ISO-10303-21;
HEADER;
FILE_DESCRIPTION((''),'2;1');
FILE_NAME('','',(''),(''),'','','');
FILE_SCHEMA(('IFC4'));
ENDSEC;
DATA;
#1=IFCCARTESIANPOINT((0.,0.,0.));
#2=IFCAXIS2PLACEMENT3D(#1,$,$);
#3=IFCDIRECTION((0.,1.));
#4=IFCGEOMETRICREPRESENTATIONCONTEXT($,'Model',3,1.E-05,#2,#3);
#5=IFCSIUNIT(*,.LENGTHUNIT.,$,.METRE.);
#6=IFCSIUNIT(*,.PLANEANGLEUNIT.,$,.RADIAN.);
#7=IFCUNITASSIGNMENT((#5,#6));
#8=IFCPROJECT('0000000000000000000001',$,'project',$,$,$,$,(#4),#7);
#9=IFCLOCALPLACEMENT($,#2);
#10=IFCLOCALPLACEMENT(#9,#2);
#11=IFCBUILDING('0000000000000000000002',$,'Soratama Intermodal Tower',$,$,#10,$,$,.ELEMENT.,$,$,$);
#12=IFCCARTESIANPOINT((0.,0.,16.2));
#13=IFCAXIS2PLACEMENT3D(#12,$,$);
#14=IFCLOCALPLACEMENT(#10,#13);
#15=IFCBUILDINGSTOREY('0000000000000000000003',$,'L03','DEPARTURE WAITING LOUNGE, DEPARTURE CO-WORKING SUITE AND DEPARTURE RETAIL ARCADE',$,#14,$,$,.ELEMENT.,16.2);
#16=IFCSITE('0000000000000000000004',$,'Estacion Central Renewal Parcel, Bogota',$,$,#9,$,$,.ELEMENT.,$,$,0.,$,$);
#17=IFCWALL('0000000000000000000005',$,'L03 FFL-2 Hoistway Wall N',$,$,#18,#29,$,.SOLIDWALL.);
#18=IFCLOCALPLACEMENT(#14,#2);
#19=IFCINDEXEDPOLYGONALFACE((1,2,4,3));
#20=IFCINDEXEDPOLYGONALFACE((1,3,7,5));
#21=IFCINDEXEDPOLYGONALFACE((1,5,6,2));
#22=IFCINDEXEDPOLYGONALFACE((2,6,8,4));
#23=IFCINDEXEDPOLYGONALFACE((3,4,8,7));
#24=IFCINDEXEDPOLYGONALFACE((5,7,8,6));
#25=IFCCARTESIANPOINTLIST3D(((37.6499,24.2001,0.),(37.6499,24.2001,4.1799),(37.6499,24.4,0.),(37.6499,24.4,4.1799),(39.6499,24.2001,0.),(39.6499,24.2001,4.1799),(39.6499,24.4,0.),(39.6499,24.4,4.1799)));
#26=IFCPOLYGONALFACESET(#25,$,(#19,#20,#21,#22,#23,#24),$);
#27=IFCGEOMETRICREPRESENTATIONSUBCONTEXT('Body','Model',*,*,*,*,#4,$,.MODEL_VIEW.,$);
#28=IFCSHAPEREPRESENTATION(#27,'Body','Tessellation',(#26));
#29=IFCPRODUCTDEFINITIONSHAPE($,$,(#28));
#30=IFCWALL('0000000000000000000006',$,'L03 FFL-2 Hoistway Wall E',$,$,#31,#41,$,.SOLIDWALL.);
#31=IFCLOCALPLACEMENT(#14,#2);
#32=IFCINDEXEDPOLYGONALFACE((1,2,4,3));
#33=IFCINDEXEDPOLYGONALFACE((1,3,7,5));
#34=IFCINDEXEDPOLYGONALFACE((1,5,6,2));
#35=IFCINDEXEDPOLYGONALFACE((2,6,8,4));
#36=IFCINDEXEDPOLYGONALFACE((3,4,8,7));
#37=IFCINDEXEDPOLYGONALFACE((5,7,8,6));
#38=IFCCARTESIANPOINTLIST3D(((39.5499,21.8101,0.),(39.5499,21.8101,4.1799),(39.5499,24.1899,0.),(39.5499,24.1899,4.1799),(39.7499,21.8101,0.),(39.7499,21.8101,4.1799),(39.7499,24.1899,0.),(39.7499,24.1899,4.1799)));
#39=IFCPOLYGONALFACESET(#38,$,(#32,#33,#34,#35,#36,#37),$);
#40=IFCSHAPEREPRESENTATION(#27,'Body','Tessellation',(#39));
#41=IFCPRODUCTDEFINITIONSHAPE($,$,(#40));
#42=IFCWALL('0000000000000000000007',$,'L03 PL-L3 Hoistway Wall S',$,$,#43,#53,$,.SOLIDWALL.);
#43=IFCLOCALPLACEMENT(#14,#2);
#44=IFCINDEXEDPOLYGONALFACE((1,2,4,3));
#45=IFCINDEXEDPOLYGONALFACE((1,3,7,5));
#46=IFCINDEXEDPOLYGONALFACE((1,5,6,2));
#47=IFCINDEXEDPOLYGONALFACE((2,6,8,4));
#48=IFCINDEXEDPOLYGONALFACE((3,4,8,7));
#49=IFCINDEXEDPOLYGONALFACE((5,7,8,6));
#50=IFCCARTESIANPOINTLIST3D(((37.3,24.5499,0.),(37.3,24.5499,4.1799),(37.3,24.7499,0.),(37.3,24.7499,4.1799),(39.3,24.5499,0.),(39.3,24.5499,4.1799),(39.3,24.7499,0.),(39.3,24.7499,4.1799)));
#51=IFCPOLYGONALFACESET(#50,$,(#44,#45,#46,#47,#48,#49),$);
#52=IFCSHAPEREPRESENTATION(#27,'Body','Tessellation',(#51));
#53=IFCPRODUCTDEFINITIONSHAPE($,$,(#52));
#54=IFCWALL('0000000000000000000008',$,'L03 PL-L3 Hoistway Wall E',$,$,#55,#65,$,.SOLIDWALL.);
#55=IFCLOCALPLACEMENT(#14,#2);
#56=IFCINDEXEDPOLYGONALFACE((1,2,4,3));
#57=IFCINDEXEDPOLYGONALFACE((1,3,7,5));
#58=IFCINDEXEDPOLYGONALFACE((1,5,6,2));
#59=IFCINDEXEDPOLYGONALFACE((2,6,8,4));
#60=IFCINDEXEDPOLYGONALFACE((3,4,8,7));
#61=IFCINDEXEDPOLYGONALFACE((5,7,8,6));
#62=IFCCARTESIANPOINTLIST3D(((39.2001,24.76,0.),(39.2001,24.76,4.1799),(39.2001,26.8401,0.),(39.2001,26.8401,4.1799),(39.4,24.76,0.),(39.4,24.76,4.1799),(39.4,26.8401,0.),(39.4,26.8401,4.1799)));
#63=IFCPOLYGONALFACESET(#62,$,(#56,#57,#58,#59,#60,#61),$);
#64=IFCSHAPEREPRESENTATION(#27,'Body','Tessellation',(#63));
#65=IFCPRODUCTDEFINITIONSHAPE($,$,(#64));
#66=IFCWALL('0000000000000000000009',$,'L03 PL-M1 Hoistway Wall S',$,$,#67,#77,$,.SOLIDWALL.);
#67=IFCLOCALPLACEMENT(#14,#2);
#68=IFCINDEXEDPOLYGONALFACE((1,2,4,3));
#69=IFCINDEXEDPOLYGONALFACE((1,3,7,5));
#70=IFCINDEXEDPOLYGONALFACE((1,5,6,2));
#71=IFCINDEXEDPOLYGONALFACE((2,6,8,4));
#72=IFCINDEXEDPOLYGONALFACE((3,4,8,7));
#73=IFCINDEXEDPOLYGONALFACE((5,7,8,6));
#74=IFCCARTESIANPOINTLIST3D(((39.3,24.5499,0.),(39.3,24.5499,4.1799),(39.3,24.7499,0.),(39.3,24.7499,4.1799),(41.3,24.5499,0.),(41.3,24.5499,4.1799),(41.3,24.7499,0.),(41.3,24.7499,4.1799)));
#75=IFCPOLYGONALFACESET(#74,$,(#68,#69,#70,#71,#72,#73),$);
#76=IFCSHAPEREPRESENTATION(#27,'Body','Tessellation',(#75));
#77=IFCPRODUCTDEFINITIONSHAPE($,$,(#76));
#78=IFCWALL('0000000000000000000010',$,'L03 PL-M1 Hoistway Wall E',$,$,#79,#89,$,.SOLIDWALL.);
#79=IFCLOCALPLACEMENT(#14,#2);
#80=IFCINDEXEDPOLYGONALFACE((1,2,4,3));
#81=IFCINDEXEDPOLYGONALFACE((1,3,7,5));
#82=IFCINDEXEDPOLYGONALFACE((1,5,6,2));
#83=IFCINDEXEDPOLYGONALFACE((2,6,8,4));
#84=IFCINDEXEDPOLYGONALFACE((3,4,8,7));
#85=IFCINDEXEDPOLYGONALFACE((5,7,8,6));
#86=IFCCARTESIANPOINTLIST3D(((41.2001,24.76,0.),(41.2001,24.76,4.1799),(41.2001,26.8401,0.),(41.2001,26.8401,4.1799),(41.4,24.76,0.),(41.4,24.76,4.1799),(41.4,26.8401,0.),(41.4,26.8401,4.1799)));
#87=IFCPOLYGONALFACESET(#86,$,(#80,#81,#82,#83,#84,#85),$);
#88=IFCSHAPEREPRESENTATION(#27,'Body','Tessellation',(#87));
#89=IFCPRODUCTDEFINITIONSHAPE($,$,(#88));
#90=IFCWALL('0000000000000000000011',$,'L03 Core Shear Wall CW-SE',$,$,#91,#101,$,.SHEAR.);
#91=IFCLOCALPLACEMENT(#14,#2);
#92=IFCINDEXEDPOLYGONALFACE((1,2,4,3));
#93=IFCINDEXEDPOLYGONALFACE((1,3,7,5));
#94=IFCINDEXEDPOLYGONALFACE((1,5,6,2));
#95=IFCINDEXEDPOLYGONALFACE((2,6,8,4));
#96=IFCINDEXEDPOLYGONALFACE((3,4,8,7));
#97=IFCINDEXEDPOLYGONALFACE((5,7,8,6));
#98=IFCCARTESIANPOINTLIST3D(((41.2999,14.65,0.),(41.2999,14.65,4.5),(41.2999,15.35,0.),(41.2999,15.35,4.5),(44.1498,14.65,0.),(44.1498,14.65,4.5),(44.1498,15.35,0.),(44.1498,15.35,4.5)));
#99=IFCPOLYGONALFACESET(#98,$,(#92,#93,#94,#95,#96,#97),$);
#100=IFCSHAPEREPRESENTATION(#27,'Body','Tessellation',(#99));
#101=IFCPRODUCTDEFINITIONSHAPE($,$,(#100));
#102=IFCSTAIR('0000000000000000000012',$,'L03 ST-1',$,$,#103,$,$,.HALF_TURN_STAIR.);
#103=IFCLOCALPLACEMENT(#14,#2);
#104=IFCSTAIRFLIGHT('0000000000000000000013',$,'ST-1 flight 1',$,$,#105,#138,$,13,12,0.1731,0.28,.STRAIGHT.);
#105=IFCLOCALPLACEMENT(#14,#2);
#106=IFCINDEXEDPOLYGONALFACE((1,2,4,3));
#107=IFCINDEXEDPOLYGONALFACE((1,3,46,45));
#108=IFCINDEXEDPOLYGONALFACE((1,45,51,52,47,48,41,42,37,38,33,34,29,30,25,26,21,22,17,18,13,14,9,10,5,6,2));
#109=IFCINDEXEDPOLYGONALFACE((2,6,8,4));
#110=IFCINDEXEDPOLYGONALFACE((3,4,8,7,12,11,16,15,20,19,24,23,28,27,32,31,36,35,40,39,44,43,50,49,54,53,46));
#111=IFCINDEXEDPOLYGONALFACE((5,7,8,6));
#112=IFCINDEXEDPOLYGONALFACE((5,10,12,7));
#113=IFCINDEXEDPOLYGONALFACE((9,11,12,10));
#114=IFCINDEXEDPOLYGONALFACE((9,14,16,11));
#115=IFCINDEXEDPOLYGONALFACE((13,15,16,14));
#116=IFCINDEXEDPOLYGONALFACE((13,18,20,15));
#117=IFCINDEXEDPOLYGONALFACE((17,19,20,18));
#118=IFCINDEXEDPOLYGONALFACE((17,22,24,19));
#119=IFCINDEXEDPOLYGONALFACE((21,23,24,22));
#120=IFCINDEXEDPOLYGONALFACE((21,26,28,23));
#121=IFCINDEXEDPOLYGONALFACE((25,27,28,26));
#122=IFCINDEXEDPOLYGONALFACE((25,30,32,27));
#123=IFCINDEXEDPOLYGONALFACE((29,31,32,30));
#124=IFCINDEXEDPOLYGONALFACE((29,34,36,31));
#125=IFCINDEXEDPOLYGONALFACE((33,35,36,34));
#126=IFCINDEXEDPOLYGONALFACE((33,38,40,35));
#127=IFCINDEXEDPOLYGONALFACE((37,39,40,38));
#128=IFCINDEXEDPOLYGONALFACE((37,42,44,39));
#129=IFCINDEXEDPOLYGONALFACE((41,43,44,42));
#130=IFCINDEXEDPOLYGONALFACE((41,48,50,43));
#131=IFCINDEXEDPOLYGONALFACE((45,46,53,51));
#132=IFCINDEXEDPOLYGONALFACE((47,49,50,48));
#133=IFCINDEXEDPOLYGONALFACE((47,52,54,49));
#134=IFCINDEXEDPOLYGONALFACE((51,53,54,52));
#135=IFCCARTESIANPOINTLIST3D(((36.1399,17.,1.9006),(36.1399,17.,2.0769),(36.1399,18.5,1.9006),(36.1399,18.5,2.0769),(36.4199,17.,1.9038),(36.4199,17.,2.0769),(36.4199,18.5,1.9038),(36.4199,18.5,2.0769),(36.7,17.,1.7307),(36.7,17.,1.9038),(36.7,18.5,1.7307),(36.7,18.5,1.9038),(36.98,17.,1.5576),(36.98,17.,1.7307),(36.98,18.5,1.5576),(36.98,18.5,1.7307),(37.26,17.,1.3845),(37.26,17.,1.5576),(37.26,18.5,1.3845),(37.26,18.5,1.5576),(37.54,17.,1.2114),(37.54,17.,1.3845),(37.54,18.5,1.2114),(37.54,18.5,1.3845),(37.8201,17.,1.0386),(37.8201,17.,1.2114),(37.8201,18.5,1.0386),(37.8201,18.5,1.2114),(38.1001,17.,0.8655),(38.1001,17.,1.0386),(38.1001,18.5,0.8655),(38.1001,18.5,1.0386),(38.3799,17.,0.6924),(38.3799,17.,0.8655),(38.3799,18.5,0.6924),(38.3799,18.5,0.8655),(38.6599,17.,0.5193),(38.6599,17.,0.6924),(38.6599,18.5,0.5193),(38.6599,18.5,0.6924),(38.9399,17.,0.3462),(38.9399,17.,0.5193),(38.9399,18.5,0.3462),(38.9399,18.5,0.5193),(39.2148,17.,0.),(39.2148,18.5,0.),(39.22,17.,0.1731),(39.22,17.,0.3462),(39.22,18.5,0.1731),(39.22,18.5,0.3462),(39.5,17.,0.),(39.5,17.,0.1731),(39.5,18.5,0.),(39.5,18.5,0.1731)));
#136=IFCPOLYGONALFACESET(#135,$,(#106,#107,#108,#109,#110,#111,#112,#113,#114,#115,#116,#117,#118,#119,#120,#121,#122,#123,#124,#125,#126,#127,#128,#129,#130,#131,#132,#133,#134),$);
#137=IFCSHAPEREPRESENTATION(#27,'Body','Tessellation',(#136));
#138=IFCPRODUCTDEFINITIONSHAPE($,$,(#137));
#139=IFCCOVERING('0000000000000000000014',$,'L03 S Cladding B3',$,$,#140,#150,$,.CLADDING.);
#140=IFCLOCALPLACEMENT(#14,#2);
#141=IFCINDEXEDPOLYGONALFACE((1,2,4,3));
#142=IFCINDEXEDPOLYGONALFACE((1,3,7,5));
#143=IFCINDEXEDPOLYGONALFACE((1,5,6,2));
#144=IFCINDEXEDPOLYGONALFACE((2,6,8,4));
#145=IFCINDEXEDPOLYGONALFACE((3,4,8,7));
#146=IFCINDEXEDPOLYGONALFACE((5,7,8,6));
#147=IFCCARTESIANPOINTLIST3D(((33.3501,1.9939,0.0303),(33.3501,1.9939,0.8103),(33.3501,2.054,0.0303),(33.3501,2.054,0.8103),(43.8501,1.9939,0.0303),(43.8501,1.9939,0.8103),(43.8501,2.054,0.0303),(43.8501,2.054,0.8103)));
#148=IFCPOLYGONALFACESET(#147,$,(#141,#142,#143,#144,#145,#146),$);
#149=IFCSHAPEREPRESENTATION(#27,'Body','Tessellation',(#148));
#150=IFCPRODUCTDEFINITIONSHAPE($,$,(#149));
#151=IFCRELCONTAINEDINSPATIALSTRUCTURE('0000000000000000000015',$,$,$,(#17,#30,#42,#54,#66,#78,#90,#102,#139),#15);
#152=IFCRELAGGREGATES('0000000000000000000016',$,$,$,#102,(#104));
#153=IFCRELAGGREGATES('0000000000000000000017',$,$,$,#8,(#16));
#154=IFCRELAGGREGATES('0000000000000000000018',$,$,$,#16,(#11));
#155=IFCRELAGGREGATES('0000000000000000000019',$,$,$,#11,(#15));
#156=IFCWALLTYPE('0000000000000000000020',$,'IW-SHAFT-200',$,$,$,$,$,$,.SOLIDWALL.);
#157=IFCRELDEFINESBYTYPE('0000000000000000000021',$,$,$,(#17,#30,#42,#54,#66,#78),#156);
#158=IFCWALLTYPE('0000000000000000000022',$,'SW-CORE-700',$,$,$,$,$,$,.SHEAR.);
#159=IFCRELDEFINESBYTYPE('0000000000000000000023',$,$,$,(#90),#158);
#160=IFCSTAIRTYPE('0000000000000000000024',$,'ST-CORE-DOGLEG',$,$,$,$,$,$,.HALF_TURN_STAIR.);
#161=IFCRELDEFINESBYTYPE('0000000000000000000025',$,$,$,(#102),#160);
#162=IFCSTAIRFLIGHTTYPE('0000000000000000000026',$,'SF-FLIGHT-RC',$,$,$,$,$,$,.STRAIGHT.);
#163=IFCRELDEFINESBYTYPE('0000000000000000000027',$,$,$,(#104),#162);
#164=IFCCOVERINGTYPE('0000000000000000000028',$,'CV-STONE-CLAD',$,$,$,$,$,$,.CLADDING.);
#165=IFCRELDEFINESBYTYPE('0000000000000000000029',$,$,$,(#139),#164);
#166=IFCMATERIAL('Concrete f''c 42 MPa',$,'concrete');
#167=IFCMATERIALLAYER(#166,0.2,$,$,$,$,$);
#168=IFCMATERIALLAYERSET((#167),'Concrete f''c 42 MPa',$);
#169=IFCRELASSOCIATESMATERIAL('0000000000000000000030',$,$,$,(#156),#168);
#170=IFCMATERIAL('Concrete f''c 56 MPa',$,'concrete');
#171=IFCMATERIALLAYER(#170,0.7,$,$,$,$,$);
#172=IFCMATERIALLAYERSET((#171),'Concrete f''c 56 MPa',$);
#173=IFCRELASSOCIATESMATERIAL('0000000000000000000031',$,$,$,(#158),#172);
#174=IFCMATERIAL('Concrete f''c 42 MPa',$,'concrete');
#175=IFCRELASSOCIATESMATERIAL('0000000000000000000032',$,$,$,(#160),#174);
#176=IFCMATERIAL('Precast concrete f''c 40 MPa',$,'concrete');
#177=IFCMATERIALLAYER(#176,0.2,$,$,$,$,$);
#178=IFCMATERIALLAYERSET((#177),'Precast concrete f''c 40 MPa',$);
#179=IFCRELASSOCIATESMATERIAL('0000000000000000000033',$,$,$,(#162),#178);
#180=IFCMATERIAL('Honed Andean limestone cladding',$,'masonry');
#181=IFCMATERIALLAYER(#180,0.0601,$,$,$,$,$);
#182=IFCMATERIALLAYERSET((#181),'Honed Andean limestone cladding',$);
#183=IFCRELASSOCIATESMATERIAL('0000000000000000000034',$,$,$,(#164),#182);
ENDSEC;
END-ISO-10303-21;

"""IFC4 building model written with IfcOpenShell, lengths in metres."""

from ifc_helpers import new_model, si_unit, direction, frame, frame_2d, origin, origin_2d, place, context, subcontext, project, spatial, polyline, rectangle, outline, extrude, material, layer, layer_set, type_object, element, aggregate, save


model = new_model("IFC4")

# Units and contexts
model_context = context("Model", 3, precision=1e-05, world=origin(), true_north=direction((0.0, 1.0)))
body_context = subcontext(model_context, "Body", "Model", "MODEL_VIEW")
ifc_project = project(units=[si_unit("LENGTHUNIT", "METRE"), si_unit("PLANEANGLEUNIT", "RADIAN")], contexts=[model_context])

# Site, building, storey
site_placement = place(None, origin())
site = spatial("IfcSite", under=ifc_project, at=site_placement, Name="Estacion Central Renewal Parcel, Bogota", CompositionType="ELEMENT", RefElevation=0.0)
building_placement = place(site_placement, origin())
building = spatial("IfcBuilding", under=site, at=building_placement, Name="Soratama Intermodal Tower", CompositionType="ELEMENT")
storey_placement = place(building_placement, frame((0.0, 0.0, 16.2)))
storey = spatial("IfcBuildingStorey", under=building, at=storey_placement, Name="L03", Description="DEPARTURE WAITING LOUNGE, DEPARTURE CO-WORKING SUITE AND DEPARTURE RETAIL ARCADE", CompositionType="ELEMENT", Elevation=16.2)

# Shared definitions
ifc_material_1 = material(Name="Concrete f'c 42 MPa", Category="concrete")
ifc_layer_1 = layer(ifc_material_1, 0.2)
ifc_layer_set_1 = layer_set([ifc_layer_1], Name="Concrete f'c 42 MPa")
wall_type_1 = type_object("IfcWallType", Name="IW-SHAFT-200", PredefinedType="SOLIDWALL", material=ifc_layer_set_1)

# Walls
wall_1_placement = place(storey_placement, frame((37.6499, 24.3, 0.0), z_axis=(0.0, 0.0, 1.0), x_axis=(1.0, 0.0, 0.0)))
element("IfcWall", 1, at=wall_1_placement, inside=storey, type_object=wall_type_1, Name="L03 FFL-2 Hoistway Wall N", PredefinedType="SOLIDWALL", context=body_context, shape_type="SweptSolid", body=[
    extrude(rectangle(XDim=2.0, YDim=0.2, at=frame_2d((1.0, 0.0))), origin(), (0.0, 0.0, 1.0), 4.1799),
])
wall_2_placement = place(storey_placement, frame((39.6499, 21.8101, 0.0), z_axis=(0.0, 0.0, 1.0), x_axis=(0.0, 1.0, 0.0)))
element("IfcWall", 2, at=wall_2_placement, inside=storey, type_object=wall_type_1, Name="L03 FFL-2 Hoistway Wall E", PredefinedType="SOLIDWALL", context=body_context, shape_type="SweptSolid", body=[
    extrude(rectangle(XDim=2.3799, YDim=0.2, at=frame_2d((1.1899, 0.0))), origin(), (0.0, 0.0, 1.0), 4.1799),
])
wall_3_placement = place(storey_placement, frame((37.3, 24.6499, 0.0), z_axis=(0.0, 0.0, 1.0), x_axis=(1.0, 0.0, 0.0)))
element("IfcWall", 3, at=wall_3_placement, inside=storey, type_object=wall_type_1, Name="L03 PL-L3 Hoistway Wall S", PredefinedType="SOLIDWALL", context=body_context, shape_type="SweptSolid", body=[
    extrude(rectangle(XDim=2.0, YDim=0.2, at=frame_2d((1.0, 0.0))), origin(), (0.0, 0.0, 1.0), 4.1799),
])
wall_4_placement = place(storey_placement, frame((39.3, 24.76, 0.0), z_axis=(0.0, 0.0, 1.0), x_axis=(0.0, 1.0, 0.0)))
element("IfcWall", 4, at=wall_4_placement, inside=storey, type_object=wall_type_1, Name="L03 PL-L3 Hoistway Wall E", PredefinedType="SOLIDWALL", context=body_context, shape_type="SweptSolid", body=[
    extrude(rectangle(XDim=2.0801, YDim=0.2, at=frame_2d((1.04, 0.0))), origin(), (0.0, 0.0, 1.0), 4.1799),
])
wall_5_placement = place(storey_placement, frame((39.3, 24.6499, 0.0), z_axis=(0.0, 0.0, 1.0), x_axis=(1.0, 0.0, 0.0)))
element("IfcWall", 5, at=wall_5_placement, inside=storey, type_object=wall_type_1, Name="L03 PL-M1 Hoistway Wall S", PredefinedType="SOLIDWALL", context=body_context, shape_type="SweptSolid", body=[
    extrude(rectangle(XDim=2.0, YDim=0.2, at=frame_2d((1.0, 0.0))), origin(), (0.0, 0.0, 1.0), 4.1799),
])
wall_6_placement = place(storey_placement, frame((41.3, 24.76, 0.0), z_axis=(0.0, 0.0, 1.0), x_axis=(0.0, 1.0, 0.0)))
element("IfcWall", 6, at=wall_6_placement, inside=storey, type_object=wall_type_1, Name="L03 PL-M1 Hoistway Wall E", PredefinedType="SOLIDWALL", context=body_context, shape_type="SweptSolid", body=[
    extrude(rectangle(XDim=2.0801, YDim=0.2, at=frame_2d((1.04, 0.0))), origin(), (0.0, 0.0, 1.0), 4.1799),
])
ifc_material_2 = material(Name="Concrete f'c 56 MPa", Category="concrete")
ifc_layer_2 = layer(ifc_material_2, 0.7)
ifc_layer_set_2 = layer_set([ifc_layer_2], Name="Concrete f'c 56 MPa")
wall_type_2 = type_object("IfcWallType", Name="SW-CORE-700", PredefinedType="SHEAR", material=ifc_layer_set_2)
wall_7_placement = place(storey_placement, frame((41.3, 15.0, 0.0), z_axis=(0.0, 0.0, 1.0), x_axis=(1.0, 0.0, 0.0)))
element("IfcWall", 7, at=wall_7_placement, inside=storey, type_object=wall_type_2, Name="L03 Core Shear Wall CW-SE", PredefinedType="SHEAR", context=body_context, shape_type="SweptSolid", body=[
    extrude(rectangle(XDim=2.8499, YDim=0.7, at=frame_2d((1.4248, 0.0))), origin(), (0.0, 0.0, 1.0), 4.5),
])

# Stair, stair flight
ifc_material_3 = material(Name="Concrete f'c 42 MPa", Category="concrete")
stair_type = type_object("IfcStairType", Name="ST-CORE-DOGLEG", PredefinedType="HALF_TURN_STAIR", material=ifc_material_3)
stair_placement = place(storey_placement, origin())
stair = element("IfcStair", 8, at=stair_placement, inside=storey, type_object=stair_type, Name="L03 ST-1", PredefinedType="HALF_TURN_STAIR")
ifc_material_4 = material(Name="Precast concrete f'c 40 MPa", Category="concrete")
ifc_layer_3 = layer(ifc_material_4, 0.2)
ifc_layer_set_3 = layer_set([ifc_layer_3], Name="Precast concrete f'c 40 MPa")
stair_flight_type = type_object("IfcStairFlightType", Name="SF-FLIGHT-RC", PredefinedType="STRAIGHT", material=ifc_layer_set_3)
stair_flight_placement = place(storey_placement, frame((39.5, 17.75, 0.0), z_axis=(0.0, 0.0, 1.0), x_axis=(-1.0, 0.0, 0.0)))
stair_flight = element("IfcStairFlight", 9, at=stair_flight_placement, type_object=stair_flight_type, Name="ST-1 flight 1", NumberOfRisers=13, NumberOfTreads=12, PredefinedType="STRAIGHT", RiserHeight=0.1731, TreadLength=0.28, context=body_context, shape_type="SweptSolid", body=[
    extrude(outline(polyline([(0.0, 0.0), (0.0, 0.1731), (0.28, 0.1731), (0.28, 0.3462), (0.5601, 0.3462), (0.5601, 0.5193), (0.8401, 0.5193), (0.8401, 0.6924), (1.1201, 0.6924), (1.1201, 0.8655), (1.3999, 0.8655), (1.3999, 1.0386), (1.6799, 1.0386), (1.6799, 1.2114), (1.96, 1.2114), (1.96, 1.3845), (2.24, 1.3845), (2.24, 1.5576), (2.52, 1.5576), (2.52, 1.7307), (2.8, 1.7307), (2.8, 1.9038), (3.0801, 1.9038), (3.0801, 2.0769), (3.3601, 2.0769), (3.3601, 2.25), (3.3601, 1.9006), (0.2852, 0.0), (0.0, 0.0)])), frame((0.0, 0.75, 0.0), z_axis=(0.0, -1.0, 0.0), x_axis=(1.0, 0.0, 0.0)), (0.0, 0.0, 1.0), 1.5),
])
aggregate(stair, [stair_flight])

# Covering
ifc_material_5 = material(Name="Honed Andean limestone cladding", Category="masonry")
ifc_layer_4 = layer(ifc_material_5, 0.0601)
ifc_layer_set_4 = layer_set([ifc_layer_4], Name="Honed Andean limestone cladding")
covering_type = type_object("IfcCoveringType", Name="CV-STONE-CLAD", PredefinedType="CLADDING", material=ifc_layer_set_4)
covering_placement = place(storey_placement, frame((38.6001, 2.0239, 0.0303), z_axis=(0.0, 0.0, 1.0), x_axis=(1.0, 0.0, 0.0)))
element("IfcCovering", 10, at=covering_placement, inside=storey, type_object=covering_type, Name="L03 S Cladding B3", PredefinedType="CLADDING", context=body_context, shape_type="SweptSolid", body=[
    extrude(rectangle(XDim=10.5, YDim=0.0601, at=origin_2d()), origin(), (0.0, 0.0, 1.0), 0.78),
])

save(model, "model.ifc")
